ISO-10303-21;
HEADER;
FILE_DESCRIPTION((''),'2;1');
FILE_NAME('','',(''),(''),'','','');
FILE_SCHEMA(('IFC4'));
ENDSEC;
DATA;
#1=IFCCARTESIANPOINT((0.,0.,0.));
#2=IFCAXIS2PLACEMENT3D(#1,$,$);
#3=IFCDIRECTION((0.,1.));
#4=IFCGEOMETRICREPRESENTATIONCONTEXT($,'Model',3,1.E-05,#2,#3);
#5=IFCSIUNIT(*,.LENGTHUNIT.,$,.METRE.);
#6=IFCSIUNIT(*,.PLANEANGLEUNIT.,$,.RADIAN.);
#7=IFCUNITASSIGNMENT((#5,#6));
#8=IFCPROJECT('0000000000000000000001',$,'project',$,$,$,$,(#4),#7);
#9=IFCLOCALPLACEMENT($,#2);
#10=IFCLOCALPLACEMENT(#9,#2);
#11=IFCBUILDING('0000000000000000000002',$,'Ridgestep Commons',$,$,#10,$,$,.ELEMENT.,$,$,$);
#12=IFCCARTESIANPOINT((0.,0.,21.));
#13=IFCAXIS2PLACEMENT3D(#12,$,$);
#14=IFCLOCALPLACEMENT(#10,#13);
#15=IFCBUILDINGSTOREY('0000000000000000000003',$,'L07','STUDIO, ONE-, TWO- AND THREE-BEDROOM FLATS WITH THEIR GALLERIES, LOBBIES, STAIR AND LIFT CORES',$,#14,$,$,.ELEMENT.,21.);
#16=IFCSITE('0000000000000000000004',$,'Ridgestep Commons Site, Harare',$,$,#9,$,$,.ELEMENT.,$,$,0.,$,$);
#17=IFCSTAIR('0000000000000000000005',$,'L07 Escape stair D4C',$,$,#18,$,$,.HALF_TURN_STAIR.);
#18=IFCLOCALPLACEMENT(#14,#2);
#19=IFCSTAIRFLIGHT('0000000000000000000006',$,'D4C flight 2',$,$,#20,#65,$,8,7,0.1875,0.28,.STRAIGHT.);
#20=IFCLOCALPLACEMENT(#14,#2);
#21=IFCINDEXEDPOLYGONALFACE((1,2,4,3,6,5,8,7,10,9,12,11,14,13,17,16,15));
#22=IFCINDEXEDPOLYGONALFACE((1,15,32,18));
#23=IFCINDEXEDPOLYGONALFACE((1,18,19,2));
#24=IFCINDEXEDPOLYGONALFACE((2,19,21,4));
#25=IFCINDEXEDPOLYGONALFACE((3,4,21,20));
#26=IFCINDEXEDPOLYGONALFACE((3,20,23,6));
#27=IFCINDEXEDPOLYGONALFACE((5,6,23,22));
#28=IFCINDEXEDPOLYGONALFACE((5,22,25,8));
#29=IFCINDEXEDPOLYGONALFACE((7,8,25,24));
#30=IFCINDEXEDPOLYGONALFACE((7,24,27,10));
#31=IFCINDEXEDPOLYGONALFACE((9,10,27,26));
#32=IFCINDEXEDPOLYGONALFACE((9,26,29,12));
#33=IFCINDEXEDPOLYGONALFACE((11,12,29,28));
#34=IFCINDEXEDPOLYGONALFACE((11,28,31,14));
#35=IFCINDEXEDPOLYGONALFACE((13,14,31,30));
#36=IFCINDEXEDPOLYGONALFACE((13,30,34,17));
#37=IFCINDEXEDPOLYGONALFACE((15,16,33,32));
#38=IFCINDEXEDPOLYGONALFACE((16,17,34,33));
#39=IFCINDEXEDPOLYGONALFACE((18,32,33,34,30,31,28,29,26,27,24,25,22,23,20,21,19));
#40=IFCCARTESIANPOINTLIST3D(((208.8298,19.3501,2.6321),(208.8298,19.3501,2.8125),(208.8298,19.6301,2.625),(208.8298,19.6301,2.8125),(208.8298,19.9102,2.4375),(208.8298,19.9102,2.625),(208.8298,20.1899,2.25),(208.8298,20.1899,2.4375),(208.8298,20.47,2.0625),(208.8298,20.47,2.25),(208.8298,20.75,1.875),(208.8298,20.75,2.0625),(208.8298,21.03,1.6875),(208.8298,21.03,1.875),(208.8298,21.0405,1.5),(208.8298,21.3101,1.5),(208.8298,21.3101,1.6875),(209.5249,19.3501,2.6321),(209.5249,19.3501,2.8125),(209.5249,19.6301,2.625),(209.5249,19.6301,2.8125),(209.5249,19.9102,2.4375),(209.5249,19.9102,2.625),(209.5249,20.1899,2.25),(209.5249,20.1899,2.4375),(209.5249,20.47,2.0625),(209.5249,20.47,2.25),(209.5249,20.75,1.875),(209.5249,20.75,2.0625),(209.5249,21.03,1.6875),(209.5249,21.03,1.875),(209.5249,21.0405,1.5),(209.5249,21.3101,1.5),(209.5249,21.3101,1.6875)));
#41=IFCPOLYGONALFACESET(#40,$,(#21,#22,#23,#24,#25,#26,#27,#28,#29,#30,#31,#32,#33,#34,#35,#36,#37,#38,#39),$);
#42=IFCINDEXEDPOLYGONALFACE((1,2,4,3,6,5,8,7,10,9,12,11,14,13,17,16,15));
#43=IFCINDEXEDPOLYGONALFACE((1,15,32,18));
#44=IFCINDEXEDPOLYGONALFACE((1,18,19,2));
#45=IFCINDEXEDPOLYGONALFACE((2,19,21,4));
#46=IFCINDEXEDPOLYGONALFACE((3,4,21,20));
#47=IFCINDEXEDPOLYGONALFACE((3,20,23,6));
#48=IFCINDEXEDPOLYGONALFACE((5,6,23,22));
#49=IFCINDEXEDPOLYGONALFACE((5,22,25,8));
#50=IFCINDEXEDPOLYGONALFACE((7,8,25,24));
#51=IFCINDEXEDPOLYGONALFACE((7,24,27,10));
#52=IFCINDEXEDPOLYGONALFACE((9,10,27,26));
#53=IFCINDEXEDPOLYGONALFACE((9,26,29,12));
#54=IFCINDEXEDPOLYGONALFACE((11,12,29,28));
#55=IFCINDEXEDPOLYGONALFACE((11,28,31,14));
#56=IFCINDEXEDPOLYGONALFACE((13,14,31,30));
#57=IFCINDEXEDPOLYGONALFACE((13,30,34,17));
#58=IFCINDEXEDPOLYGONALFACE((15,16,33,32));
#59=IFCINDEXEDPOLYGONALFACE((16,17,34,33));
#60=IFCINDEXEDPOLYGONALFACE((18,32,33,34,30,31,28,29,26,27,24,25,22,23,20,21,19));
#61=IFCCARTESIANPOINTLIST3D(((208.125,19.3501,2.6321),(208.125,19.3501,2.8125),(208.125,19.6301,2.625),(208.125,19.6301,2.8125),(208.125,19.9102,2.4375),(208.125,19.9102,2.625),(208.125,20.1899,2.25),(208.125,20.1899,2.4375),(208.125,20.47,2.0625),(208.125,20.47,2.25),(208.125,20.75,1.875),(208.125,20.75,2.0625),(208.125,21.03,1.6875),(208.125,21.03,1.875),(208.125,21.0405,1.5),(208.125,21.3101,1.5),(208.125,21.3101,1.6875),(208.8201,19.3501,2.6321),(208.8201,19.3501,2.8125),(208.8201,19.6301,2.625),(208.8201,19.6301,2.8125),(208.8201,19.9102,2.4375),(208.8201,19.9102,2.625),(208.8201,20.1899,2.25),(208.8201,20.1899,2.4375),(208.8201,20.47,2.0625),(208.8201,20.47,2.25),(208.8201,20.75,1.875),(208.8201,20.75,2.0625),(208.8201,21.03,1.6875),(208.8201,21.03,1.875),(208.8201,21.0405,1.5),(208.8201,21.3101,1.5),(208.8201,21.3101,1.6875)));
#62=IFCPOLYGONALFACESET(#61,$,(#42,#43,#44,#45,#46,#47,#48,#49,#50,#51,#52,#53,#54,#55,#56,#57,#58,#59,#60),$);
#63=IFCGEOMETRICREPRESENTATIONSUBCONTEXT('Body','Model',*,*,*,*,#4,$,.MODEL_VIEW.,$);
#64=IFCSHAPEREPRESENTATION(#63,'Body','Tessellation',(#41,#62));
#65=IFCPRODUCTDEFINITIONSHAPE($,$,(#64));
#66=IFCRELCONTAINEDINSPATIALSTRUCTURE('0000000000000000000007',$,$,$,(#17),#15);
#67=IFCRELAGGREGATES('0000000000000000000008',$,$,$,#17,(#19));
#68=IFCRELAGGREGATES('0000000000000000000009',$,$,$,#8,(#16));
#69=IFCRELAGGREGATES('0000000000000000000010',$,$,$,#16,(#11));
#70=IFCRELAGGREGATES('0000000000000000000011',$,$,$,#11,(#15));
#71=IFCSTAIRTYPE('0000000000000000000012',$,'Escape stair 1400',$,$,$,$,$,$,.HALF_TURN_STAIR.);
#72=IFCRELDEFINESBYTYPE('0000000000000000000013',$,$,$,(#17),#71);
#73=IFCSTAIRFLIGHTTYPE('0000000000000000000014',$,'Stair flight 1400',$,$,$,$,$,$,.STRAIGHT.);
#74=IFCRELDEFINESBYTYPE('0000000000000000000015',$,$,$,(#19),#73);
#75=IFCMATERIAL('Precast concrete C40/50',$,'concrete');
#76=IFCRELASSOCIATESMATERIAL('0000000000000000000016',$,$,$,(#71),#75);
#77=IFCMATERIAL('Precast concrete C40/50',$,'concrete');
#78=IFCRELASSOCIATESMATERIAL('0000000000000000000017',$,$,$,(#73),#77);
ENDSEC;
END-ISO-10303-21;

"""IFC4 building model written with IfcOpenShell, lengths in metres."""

from ifc_helpers import new_model, si_unit, direction, frame, origin, place, context, subcontext, project, spatial, polyline, outline, extrude, material, type_object, element, aggregate, save


model = new_model("IFC4")

# Units and contexts
model_context = context("Model", 3, precision=1e-05, world=origin(), true_north=direction((0.0, 1.0)))
body_context = subcontext(model_context, "Body", "Model", "MODEL_VIEW")
ifc_project = project(units=[si_unit("LENGTHUNIT", "METRE"), si_unit("PLANEANGLEUNIT", "RADIAN")], contexts=[model_context])

# Site, building, storey
site_placement = place(None, origin())
site = spatial("IfcSite", under=ifc_project, at=site_placement, Name="Ridgestep Commons Site, Harare", CompositionType="ELEMENT", RefElevation=0.0)
building_placement = place(site_placement, origin())
building = spatial("IfcBuilding", under=site, at=building_placement, Name="Ridgestep Commons", CompositionType="ELEMENT")
storey_placement = place(building_placement, frame((0.0, 0.0, 21.0)))
storey = spatial("IfcBuildingStorey", under=building, at=storey_placement, Name="L07", Description="STUDIO, ONE-, TWO- AND THREE-BEDROOM FLATS WITH THEIR GALLERIES, LOBBIES, STAIR AND LIFT CORES", CompositionType="ELEMENT", Elevation=21.0)

# Stair, stair flight
ifc_material_1 = material(Name="Precast concrete C40/50", Category="concrete")
stair_type = type_object("IfcStairType", Name="Escape stair 1400", PredefinedType="HALF_TURN_STAIR", material=ifc_material_1)
stair_placement = place(storey_placement, origin())
stair = element("IfcStair", 1, at=stair_placement, inside=storey, type_object=stair_type, Name="L07 Escape stair D4C", PredefinedType="HALF_TURN_STAIR")
ifc_material_2 = material(Name="Precast concrete C40/50", Category="concrete")
stair_flight_type = type_object("IfcStairFlightType", Name="Stair flight 1400", PredefinedType="STRAIGHT", material=ifc_material_2)
stair_flight_placement = place(storey_placement, frame((208.825, 21.3101, 1.5), z_axis=(0.0, 0.0, 1.0), x_axis=(0.0, -1.0, 0.0)))
stair_flight = element("IfcStairFlight", 2, at=stair_flight_placement, type_object=stair_flight_type, Name="D4C flight 2", NumberOfRisers=8, NumberOfTreads=7, PredefinedType="STRAIGHT", RiserHeight=0.1875, TreadLength=0.28, context=body_context, shape_type="SweptSolid", body=[
    extrude(outline(polyline([(0.0, 0.0), (0.0, 0.1875), (0.28, 0.1875), (0.28, 0.375), (0.5601, 0.375), (0.5601, 0.5625), (0.8401, 0.5625), (0.8401, 0.75), (1.1201, 0.75), (1.1201, 0.9375), (1.3999, 0.9375), (1.3999, 1.125), (1.6799, 1.125), (1.6799, 1.3125), (1.96, 1.3125), (1.96, 1.5), (1.96, 1.1321), (0.2695, 0.0), (0.0, 0.0)])), frame((0.0, 0.7, 0.0), z_axis=(0.0, -1.0, 0.0), x_axis=(1.0, 0.0, 0.0)), (0.0, 0.0, 1.0), 0.6951),
    extrude(outline(polyline([(0.0, 0.0), (0.0, 0.1875), (0.28, 0.1875), (0.28, 0.375), (0.5601, 0.375), (0.5601, 0.5625), (0.8401, 0.5625), (0.8401, 0.75), (1.1201, 0.75), (1.1201, 0.9375), (1.3999, 0.9375), (1.3999, 1.125), (1.6799, 1.125), (1.6799, 1.3125), (1.96, 1.3125), (1.96, 1.5), (1.96, 1.1321), (0.2695, 0.0), (0.0, 0.0)])), frame((0.0, -0.0049, 0.0), z_axis=(0.0, -1.0, 0.0), x_axis=(1.0, 0.0, 0.0)), (0.0, 0.0, 1.0), 0.6951),
])
aggregate(stair, [stair_flight])

save(model, "model.ifc")
